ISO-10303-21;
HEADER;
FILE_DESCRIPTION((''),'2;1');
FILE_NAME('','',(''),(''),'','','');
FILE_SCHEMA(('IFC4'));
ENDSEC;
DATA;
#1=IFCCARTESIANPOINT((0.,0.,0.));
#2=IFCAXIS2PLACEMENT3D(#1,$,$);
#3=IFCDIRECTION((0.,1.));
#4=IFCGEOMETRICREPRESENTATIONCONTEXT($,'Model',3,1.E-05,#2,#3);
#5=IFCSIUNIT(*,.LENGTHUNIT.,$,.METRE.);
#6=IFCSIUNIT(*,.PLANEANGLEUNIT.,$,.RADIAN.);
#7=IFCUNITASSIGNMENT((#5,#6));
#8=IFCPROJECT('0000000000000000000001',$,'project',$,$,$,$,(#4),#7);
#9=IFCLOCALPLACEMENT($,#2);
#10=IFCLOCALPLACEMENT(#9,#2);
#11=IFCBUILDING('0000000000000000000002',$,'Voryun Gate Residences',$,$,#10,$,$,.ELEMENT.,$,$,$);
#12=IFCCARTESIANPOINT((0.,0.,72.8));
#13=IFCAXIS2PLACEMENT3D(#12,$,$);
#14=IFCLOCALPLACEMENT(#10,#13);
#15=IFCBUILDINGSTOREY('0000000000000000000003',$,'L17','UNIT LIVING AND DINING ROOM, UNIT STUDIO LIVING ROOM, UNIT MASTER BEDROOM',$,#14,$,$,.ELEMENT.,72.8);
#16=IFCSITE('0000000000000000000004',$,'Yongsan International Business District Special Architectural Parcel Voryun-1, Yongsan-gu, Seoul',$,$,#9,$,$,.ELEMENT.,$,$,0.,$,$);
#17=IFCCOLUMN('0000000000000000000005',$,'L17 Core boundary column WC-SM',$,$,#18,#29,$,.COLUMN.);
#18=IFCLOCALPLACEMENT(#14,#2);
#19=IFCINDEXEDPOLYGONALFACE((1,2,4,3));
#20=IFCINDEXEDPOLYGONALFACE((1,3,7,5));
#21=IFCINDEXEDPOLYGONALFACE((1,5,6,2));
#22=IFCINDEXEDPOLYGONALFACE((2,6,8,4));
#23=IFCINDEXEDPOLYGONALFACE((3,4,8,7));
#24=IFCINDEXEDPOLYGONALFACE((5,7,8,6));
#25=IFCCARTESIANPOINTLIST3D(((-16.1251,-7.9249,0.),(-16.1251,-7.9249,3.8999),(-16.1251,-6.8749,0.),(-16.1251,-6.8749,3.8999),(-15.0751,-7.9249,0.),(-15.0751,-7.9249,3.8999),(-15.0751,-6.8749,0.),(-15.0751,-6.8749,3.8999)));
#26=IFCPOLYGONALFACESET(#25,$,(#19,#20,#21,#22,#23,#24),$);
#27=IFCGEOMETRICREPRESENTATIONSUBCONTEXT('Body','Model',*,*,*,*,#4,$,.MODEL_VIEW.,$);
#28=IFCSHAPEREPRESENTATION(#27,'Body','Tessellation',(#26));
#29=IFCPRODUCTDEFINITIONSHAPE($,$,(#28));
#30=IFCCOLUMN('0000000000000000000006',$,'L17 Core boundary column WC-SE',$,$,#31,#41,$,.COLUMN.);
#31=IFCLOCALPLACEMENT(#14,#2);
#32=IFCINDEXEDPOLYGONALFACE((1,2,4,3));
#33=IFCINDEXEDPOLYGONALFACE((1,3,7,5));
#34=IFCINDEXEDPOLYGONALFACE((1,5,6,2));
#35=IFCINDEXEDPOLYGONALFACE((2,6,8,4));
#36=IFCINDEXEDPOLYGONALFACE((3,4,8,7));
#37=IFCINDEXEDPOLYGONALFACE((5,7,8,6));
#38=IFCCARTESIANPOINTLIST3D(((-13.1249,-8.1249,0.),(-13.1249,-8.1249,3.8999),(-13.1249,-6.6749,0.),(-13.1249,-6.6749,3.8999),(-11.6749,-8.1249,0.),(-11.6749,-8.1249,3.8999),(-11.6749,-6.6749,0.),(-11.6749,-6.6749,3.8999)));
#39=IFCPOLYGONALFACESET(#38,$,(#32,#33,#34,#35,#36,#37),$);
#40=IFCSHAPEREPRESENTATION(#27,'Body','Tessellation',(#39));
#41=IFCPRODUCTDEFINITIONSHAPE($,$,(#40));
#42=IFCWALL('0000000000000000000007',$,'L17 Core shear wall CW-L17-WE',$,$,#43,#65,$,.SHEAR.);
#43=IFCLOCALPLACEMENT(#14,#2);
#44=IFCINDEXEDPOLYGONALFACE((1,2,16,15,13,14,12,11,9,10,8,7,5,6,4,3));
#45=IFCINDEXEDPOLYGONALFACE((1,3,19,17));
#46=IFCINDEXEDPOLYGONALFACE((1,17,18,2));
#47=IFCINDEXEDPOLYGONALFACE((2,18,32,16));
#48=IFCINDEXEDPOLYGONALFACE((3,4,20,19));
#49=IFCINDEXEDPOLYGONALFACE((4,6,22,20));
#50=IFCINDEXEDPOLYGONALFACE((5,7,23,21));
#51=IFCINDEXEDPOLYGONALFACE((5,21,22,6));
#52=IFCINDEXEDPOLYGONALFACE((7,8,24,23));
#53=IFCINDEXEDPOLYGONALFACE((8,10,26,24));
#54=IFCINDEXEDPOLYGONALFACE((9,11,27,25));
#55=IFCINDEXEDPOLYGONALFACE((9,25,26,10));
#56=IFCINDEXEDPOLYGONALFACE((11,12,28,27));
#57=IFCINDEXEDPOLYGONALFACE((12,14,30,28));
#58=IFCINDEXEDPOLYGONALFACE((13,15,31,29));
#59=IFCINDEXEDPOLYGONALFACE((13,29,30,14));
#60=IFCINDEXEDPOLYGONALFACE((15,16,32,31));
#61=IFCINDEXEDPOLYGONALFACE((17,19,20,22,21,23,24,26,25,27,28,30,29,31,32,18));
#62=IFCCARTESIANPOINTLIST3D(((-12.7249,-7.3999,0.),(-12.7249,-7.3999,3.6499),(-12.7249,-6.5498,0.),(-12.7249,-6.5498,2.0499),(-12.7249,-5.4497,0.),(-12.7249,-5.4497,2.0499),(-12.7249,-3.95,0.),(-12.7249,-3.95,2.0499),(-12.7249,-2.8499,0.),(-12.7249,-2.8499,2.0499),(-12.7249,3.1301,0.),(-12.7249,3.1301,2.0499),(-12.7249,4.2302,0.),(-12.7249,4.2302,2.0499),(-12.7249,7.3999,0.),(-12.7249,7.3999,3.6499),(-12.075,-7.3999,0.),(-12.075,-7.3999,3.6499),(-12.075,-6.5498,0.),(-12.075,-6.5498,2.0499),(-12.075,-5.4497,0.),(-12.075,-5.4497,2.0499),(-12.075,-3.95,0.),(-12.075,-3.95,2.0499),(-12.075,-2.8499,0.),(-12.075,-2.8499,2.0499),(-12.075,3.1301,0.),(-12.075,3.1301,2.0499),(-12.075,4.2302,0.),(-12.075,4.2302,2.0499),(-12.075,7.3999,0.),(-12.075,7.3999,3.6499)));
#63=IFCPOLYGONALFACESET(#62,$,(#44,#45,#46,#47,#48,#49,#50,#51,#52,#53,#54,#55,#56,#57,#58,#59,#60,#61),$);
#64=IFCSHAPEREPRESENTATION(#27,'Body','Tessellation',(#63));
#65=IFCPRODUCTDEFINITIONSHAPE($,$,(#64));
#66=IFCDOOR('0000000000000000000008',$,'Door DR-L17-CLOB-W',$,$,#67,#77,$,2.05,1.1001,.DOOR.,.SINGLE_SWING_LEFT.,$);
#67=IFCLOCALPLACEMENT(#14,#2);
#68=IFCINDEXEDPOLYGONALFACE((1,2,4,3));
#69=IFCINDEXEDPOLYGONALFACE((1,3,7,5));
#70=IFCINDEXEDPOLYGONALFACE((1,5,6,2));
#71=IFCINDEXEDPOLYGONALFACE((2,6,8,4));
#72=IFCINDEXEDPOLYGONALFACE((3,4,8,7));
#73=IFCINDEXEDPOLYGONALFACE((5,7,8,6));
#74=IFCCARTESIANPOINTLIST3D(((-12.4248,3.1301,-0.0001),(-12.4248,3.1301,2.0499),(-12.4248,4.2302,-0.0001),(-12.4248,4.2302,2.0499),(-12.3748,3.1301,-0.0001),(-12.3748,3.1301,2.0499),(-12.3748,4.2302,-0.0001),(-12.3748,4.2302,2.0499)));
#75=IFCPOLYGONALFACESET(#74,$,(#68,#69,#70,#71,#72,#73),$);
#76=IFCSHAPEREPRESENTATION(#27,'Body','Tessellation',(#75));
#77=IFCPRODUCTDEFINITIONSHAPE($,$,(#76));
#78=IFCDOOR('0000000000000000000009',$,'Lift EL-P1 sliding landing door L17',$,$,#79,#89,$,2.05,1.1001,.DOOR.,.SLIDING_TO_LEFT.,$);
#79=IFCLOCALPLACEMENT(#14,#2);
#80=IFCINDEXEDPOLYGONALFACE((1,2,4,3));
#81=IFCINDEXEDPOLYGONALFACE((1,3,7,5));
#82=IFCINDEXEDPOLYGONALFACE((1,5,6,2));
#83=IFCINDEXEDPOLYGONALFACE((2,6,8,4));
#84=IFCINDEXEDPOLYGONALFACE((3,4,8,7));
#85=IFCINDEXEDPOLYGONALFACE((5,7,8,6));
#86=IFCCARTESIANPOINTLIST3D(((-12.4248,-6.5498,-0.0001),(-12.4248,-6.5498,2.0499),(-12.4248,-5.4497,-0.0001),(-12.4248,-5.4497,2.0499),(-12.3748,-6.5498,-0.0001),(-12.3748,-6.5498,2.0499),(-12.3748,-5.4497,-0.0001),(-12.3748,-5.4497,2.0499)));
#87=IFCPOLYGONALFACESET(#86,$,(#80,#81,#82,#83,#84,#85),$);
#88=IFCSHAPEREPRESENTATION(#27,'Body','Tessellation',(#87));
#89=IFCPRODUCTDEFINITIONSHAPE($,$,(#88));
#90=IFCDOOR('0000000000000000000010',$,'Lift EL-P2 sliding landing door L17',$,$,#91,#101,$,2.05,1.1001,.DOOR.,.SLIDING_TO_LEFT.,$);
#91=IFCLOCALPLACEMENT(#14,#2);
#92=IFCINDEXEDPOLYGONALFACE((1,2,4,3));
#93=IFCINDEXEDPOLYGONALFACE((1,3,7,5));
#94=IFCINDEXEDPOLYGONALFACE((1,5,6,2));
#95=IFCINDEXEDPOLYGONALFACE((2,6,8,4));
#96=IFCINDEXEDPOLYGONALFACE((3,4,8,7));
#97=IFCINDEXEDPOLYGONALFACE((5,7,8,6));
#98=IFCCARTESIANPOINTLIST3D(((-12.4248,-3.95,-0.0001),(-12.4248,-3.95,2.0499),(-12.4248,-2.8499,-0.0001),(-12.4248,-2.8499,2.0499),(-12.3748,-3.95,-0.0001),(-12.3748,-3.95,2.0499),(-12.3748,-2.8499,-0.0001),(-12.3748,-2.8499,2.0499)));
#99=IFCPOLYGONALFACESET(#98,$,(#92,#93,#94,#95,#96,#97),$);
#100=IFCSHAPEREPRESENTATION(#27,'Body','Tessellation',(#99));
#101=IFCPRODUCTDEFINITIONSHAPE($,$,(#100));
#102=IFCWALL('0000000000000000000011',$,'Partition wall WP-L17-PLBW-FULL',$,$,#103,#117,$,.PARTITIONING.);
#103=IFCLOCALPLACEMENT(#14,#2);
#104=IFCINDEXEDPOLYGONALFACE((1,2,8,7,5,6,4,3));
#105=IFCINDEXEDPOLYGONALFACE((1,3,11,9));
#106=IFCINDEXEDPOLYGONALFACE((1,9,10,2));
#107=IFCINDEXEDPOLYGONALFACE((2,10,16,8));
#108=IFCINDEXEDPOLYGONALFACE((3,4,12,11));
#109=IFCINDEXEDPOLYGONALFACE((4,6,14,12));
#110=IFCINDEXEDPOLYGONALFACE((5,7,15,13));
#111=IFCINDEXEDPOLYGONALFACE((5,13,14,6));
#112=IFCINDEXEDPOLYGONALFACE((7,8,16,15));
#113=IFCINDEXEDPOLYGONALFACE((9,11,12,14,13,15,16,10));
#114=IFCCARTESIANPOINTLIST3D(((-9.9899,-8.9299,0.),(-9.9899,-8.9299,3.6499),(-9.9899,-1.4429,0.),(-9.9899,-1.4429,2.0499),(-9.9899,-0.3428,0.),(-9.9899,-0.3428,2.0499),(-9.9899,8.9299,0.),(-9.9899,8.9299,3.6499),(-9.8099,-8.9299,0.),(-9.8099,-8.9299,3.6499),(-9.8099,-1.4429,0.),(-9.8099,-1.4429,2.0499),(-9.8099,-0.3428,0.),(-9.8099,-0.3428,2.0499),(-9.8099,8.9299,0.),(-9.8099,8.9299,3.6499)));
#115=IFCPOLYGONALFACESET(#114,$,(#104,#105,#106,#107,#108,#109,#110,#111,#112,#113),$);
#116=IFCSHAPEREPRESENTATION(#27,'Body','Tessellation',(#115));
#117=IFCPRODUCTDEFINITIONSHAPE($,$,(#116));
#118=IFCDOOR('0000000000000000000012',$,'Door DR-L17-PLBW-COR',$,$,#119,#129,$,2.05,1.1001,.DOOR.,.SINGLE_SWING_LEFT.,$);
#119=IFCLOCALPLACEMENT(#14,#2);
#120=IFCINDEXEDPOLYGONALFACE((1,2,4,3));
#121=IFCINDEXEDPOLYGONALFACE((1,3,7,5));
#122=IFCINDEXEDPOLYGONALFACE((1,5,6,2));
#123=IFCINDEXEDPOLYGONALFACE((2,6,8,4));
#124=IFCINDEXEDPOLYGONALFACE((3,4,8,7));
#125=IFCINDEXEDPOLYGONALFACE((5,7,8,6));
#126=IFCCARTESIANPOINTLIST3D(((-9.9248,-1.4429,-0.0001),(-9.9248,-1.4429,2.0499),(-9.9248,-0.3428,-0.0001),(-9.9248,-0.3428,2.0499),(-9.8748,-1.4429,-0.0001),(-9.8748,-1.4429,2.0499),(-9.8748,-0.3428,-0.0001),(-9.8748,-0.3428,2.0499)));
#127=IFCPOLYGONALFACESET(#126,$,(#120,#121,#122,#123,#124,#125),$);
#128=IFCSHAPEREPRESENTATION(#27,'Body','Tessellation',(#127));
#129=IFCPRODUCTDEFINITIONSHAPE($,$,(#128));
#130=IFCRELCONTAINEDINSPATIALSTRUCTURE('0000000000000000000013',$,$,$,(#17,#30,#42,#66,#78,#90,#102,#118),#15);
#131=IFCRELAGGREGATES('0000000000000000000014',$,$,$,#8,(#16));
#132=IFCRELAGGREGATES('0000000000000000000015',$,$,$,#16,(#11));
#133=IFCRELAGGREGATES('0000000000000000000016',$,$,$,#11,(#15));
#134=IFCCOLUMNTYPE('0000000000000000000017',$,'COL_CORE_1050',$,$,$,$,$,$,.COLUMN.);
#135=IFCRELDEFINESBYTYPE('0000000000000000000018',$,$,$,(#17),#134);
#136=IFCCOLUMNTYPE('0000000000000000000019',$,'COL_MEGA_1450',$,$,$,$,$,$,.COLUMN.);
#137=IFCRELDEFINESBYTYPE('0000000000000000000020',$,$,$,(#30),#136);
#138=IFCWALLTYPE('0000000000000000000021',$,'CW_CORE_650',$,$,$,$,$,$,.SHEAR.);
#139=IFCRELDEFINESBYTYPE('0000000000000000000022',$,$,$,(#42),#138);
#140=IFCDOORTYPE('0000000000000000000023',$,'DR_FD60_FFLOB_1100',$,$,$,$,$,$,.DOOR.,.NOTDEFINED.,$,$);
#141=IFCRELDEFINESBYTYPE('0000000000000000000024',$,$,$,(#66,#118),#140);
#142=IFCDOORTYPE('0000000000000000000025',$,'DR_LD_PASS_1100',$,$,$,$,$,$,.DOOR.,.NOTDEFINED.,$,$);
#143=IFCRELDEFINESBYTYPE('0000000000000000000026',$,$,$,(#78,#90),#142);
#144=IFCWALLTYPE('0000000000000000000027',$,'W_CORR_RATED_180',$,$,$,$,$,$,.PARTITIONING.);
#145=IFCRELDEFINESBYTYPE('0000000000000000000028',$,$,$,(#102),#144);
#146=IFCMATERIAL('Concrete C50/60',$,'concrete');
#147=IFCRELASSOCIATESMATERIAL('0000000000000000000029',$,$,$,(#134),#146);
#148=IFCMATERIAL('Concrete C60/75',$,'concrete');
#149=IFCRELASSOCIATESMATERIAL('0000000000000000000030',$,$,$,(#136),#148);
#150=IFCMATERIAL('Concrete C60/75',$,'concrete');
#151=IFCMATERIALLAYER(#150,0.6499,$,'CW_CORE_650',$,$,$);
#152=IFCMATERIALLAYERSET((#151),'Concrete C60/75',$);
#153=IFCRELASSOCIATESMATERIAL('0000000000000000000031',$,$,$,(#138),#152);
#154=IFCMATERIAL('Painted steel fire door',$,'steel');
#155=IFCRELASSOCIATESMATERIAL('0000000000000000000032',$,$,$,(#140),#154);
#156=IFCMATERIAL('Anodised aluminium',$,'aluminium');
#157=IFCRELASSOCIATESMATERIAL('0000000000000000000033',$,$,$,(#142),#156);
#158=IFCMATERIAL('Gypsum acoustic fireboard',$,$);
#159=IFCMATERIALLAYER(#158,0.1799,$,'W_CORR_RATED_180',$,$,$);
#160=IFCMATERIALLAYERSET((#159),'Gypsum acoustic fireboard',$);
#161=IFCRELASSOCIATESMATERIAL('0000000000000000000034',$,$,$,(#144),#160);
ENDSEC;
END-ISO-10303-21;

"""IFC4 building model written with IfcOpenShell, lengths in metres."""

from ifc_helpers import new_model, si_unit, direction, frame, frame_2d, origin, origin_2d, place, context, subcontext, project, spatial, rectangle, extrude, material, layer, layer_set, material_profile, profile_set, type_object, element, fill, save


model = new_model("IFC4")

# Units and contexts
model_context = context("Model", 3, precision=1e-05, world=origin(), true_north=direction((0.0, 1.0)))
body_context = subcontext(model_context, "Body", "Model", "MODEL_VIEW")
ifc_project = project(units=[si_unit("LENGTHUNIT", "METRE"), si_unit("PLANEANGLEUNIT", "RADIAN")], contexts=[model_context])

# Site, building, storey
site_placement = place(None, origin())
site = spatial("IfcSite", under=ifc_project, at=site_placement, Name="Yongsan International Business District Special Architectural Parcel Voryun-1, Yongsan-gu, Seoul", CompositionType="ELEMENT", RefElevation=0.0)
building_placement = place(site_placement, origin())
building = spatial("IfcBuilding", under=site, at=building_placement, Name="Voryun Gate Residences", CompositionType="ELEMENT")
storey_placement = place(building_placement, frame((0.0, 0.0, 72.8)))
storey = spatial("IfcBuildingStorey", under=building, at=storey_placement, Name="L17", Description="UNIT LIVING AND DINING ROOM, UNIT STUDIO LIVING ROOM, UNIT MASTER BEDROOM", CompositionType="ELEMENT", Elevation=72.8)

# Columns
ifc_material_1 = material(Name="Concrete C50/60", Category="concrete")
ifc_material_profile_1 = material_profile(ifc_material_1, rectangle(XDim=1.05, YDim=1.05, at=origin_2d()), Name="RC-1050x1050")
ifc_profile_set_1 = profile_set([ifc_material_profile_1], Name="Concrete C50/60")
column_type_1 = type_object("IfcColumnType", Name="COL_CORE_1050", PredefinedType="COLUMN", material=ifc_profile_set_1)
column_1_placement = place(storey_placement, frame((-15.6001, -7.3999, 0.0), z_axis=(0.0, 0.0, 1.0), x_axis=(1.0, 0.0, 0.0)))
element("IfcColumn", 1, at=column_1_placement, inside=storey, type_object=column_type_1, Name="L17 Core boundary column WC-SM", PredefinedType="COLUMN", context=body_context, shape_type="SweptSolid", body=[
    extrude(rectangle(XDim=1.05, YDim=1.05, at=origin_2d()), origin(), (0.0, 0.0, 1.0), 3.8999),
])
ifc_material_2 = material(Name="Concrete C60/75", Category="concrete")
ifc_material_profile_2 = material_profile(ifc_material_2, rectangle(XDim=1.45, YDim=1.45, at=origin_2d()), Name="RC-1450x1450")
ifc_profile_set_2 = profile_set([ifc_material_profile_2], Name="Concrete C60/75")
column_type_2 = type_object("IfcColumnType", Name="COL_MEGA_1450", PredefinedType="COLUMN", material=ifc_profile_set_2)
column_2_placement = place(storey_placement, frame((-12.3999, -7.3999, 0.0), z_axis=(0.0, 0.0, 1.0), x_axis=(1.0, 0.0, 0.0)))
element("IfcColumn", 2, at=column_2_placement, inside=storey, type_object=column_type_2, Name="L17 Core boundary column WC-SE", PredefinedType="COLUMN", context=body_context, shape_type="SweptSolid", body=[
    extrude(rectangle(XDim=1.45, YDim=1.45, at=origin_2d()), origin(), (0.0, 0.0, 1.0), 3.8999),
])

# Wall, openings, doors
ifc_material_3 = material(Name="Concrete C60/75", Category="concrete")
ifc_layer_1 = layer(ifc_material_3, 0.6499, Name="CW_CORE_650")
ifc_layer_set_1 = layer_set([ifc_layer_1], Name="Concrete C60/75")
wall_type_1 = type_object("IfcWallType", Name="CW_CORE_650", PredefinedType="SHEAR", material=ifc_layer_set_1)
wall_1_placement = place(storey_placement, frame((-12.3999, -7.3999, 0.0), z_axis=(0.0, 0.0, 1.0), x_axis=(0.0, 1.0, 0.0)))
wall_1 = element("IfcWall", 3, at=wall_1_placement, inside=storey, type_object=wall_type_1, Name="L17 Core shear wall CW-L17-WE", PredefinedType="SHEAR", context=body_context, shape_type="SweptSolid", body=[
    extrude(rectangle(XDim=14.7998, YDim=0.6499, at=frame_2d((7.3999, 0.0))), origin(), (0.0, 0.0, 1.0), 3.6499),
])
opening_1_placement = place(wall_1_placement, frame((0.8501, 0.0, 0.0)))
opening_1 = element("IfcOpeningElement", 4, at=opening_1_placement, cuts=wall_1, PredefinedType="OPENING", context=body_context, shape_type="SweptSolid", body=[
    extrude(rectangle(XDim=1.1001, YDim=2.05, at=frame_2d((0.55, 1.0249))), frame((0.0, 0.335, 0.0), z_axis=(0.0, -1.0, 0.0), x_axis=(1.0, 0.0, 0.0)), (0.0, 0.0, 1.0), 0.6699),
])
opening_2_placement = place(wall_1_placement, frame((3.45, 0.0, 0.0)))
opening_2 = element("IfcOpeningElement", 5, at=opening_2_placement, cuts=wall_1, PredefinedType="OPENING", context=body_context, shape_type="SweptSolid", body=[
    extrude(rectangle(XDim=1.1001, YDim=2.05, at=frame_2d((0.55, 1.0249))), frame((0.0, 0.335, 0.0), z_axis=(0.0, -1.0, 0.0), x_axis=(1.0, 0.0, 0.0)), (0.0, 0.0, 1.0), 0.6699),
])
opening_3_placement = place(wall_1_placement, frame((10.53, 0.0, 0.0)))
opening_3 = element("IfcOpeningElement", 6, at=opening_3_placement, cuts=wall_1, PredefinedType="OPENING", context=body_context, shape_type="SweptSolid", body=[
    extrude(rectangle(XDim=1.1001, YDim=2.05, at=frame_2d((0.55, 1.0249))), frame((0.0, 0.335, 0.0), z_axis=(0.0, -1.0, 0.0), x_axis=(1.0, 0.0, 0.0)), (0.0, 0.0, 1.0), 0.6699),
])
ifc_material_4 = material(Name="Painted steel fire door", Category="steel")
door_type_1 = type_object("IfcDoorType", Name="DR_FD60_FFLOB_1100", OperationType="NOTDEFINED", PredefinedType="DOOR", material=ifc_material_4)
door_1_placement = place(opening_3_placement, origin())
door_1 = element("IfcDoor", 7, at=door_1_placement, inside=storey, type_object=door_type_1, Name="Door DR-L17-CLOB-W", OperationType="SINGLE_SWING_LEFT", OverallHeight=2.05, OverallWidth=1.1001, PredefinedType="DOOR", context=body_context, shape_type="SweptSolid", body=[
    extrude(rectangle(XDim=1.1001, YDim=2.05, at=frame_2d((0.55, 1.0249))), frame((0.0, 0.0249, 0.0), z_axis=(0.0, -1.0, 0.0), x_axis=(1.0, 0.0, 0.0)), (0.0, 0.0, 1.0), 0.05),
])
fill(opening_3, door_1)
ifc_material_5 = material(Name="Anodised aluminium", Category="aluminium")
door_type_2 = type_object("IfcDoorType", Name="DR_LD_PASS_1100", OperationType="NOTDEFINED", PredefinedType="DOOR", material=ifc_material_5)
door_2_placement = place(opening_1_placement, origin())
door_2 = element("IfcDoor", 8, at=door_2_placement, inside=storey, type_object=door_type_2, Name="Lift EL-P1 sliding landing door L17", OperationType="SLIDING_TO_LEFT", OverallHeight=2.05, OverallWidth=1.1001, PredefinedType="DOOR", context=body_context, shape_type="SweptSolid", body=[
    extrude(rectangle(XDim=1.1001, YDim=2.05, at=frame_2d((0.55, 1.0249))), frame((0.0, 0.0249, 0.0), z_axis=(0.0, -1.0, 0.0), x_axis=(1.0, 0.0, 0.0)), (0.0, 0.0, 1.0), 0.05),
])
fill(opening_1, door_2)
door_3_placement = place(opening_2_placement, origin())
door_3 = element("IfcDoor", 9, at=door_3_placement, inside=storey, type_object=door_type_2, Name="Lift EL-P2 sliding landing door L17", OperationType="SLIDING_TO_LEFT", OverallHeight=2.05, OverallWidth=1.1001, PredefinedType="DOOR", context=body_context, shape_type="SweptSolid", body=[
    extrude(rectangle(XDim=1.1001, YDim=2.05, at=frame_2d((0.55, 1.0249))), frame((0.0, 0.0249, 0.0), z_axis=(0.0, -1.0, 0.0), x_axis=(1.0, 0.0, 0.0)), (0.0, 0.0, 1.0), 0.05),
])
fill(opening_2, door_3)

# Wall, opening, door
ifc_material_6 = material(Name="Gypsum acoustic fireboard")
ifc_layer_2 = layer(ifc_material_6, 0.1799, Name="W_CORR_RATED_180")
ifc_layer_set_2 = layer_set([ifc_layer_2], Name="Gypsum acoustic fireboard")
wall_type_2 = type_object("IfcWallType", Name="W_CORR_RATED_180", PredefinedType="PARTITIONING", material=ifc_layer_set_2)
wall_2_placement = place(storey_placement, frame((-9.8999, -8.9299, 0.0), z_axis=(0.0, 0.0, 1.0), x_axis=(0.0, 1.0, 0.0)))
wall_2 = element("IfcWall", 10, at=wall_2_placement, inside=storey, type_object=wall_type_2, Name="Partition wall WP-L17-PLBW-FULL", PredefinedType="PARTITIONING", context=body_context, shape_type="SweptSolid", body=[
    extrude(rectangle(XDim=17.8599, YDim=0.1799, at=frame_2d((8.9299, 0.0))), origin(), (0.0, 0.0, 1.0), 3.6499),
])
opening_4_placement = place(wall_2_placement, frame((7.4871, 0.0, 0.0)))
opening_4 = element("IfcOpeningElement", 11, at=opening_4_placement, cuts=wall_2, PredefinedType="OPENING", context=body_context, shape_type="SweptSolid", body=[
    extrude(rectangle(XDim=1.1001, YDim=2.05, at=frame_2d((0.55, 1.0249))), frame((0.0, 0.0999, 0.0), z_axis=(0.0, -1.0, 0.0), x_axis=(1.0, 0.0, 0.0)), (0.0, 0.0, 1.0), 0.2),
])
door_4_placement = place(opening_4_placement, origin())
door_4 = element("IfcDoor", 12, at=door_4_placement, inside=storey, type_object=door_type_1, Name="Door DR-L17-PLBW-COR", OperationType="SINGLE_SWING_LEFT", OverallHeight=2.05, OverallWidth=1.1001, PredefinedType="DOOR", context=body_context, shape_type="SweptSolid", body=[
    extrude(rectangle(XDim=1.1001, YDim=2.05, at=frame_2d((0.55, 1.0249))), frame((0.0, 0.0249, 0.0), z_axis=(0.0, -1.0, 0.0), x_axis=(1.0, 0.0, 0.0)), (0.0, 0.0, 1.0), 0.05),
])
fill(opening_4, door_4)

save(model, "model.ifc")
